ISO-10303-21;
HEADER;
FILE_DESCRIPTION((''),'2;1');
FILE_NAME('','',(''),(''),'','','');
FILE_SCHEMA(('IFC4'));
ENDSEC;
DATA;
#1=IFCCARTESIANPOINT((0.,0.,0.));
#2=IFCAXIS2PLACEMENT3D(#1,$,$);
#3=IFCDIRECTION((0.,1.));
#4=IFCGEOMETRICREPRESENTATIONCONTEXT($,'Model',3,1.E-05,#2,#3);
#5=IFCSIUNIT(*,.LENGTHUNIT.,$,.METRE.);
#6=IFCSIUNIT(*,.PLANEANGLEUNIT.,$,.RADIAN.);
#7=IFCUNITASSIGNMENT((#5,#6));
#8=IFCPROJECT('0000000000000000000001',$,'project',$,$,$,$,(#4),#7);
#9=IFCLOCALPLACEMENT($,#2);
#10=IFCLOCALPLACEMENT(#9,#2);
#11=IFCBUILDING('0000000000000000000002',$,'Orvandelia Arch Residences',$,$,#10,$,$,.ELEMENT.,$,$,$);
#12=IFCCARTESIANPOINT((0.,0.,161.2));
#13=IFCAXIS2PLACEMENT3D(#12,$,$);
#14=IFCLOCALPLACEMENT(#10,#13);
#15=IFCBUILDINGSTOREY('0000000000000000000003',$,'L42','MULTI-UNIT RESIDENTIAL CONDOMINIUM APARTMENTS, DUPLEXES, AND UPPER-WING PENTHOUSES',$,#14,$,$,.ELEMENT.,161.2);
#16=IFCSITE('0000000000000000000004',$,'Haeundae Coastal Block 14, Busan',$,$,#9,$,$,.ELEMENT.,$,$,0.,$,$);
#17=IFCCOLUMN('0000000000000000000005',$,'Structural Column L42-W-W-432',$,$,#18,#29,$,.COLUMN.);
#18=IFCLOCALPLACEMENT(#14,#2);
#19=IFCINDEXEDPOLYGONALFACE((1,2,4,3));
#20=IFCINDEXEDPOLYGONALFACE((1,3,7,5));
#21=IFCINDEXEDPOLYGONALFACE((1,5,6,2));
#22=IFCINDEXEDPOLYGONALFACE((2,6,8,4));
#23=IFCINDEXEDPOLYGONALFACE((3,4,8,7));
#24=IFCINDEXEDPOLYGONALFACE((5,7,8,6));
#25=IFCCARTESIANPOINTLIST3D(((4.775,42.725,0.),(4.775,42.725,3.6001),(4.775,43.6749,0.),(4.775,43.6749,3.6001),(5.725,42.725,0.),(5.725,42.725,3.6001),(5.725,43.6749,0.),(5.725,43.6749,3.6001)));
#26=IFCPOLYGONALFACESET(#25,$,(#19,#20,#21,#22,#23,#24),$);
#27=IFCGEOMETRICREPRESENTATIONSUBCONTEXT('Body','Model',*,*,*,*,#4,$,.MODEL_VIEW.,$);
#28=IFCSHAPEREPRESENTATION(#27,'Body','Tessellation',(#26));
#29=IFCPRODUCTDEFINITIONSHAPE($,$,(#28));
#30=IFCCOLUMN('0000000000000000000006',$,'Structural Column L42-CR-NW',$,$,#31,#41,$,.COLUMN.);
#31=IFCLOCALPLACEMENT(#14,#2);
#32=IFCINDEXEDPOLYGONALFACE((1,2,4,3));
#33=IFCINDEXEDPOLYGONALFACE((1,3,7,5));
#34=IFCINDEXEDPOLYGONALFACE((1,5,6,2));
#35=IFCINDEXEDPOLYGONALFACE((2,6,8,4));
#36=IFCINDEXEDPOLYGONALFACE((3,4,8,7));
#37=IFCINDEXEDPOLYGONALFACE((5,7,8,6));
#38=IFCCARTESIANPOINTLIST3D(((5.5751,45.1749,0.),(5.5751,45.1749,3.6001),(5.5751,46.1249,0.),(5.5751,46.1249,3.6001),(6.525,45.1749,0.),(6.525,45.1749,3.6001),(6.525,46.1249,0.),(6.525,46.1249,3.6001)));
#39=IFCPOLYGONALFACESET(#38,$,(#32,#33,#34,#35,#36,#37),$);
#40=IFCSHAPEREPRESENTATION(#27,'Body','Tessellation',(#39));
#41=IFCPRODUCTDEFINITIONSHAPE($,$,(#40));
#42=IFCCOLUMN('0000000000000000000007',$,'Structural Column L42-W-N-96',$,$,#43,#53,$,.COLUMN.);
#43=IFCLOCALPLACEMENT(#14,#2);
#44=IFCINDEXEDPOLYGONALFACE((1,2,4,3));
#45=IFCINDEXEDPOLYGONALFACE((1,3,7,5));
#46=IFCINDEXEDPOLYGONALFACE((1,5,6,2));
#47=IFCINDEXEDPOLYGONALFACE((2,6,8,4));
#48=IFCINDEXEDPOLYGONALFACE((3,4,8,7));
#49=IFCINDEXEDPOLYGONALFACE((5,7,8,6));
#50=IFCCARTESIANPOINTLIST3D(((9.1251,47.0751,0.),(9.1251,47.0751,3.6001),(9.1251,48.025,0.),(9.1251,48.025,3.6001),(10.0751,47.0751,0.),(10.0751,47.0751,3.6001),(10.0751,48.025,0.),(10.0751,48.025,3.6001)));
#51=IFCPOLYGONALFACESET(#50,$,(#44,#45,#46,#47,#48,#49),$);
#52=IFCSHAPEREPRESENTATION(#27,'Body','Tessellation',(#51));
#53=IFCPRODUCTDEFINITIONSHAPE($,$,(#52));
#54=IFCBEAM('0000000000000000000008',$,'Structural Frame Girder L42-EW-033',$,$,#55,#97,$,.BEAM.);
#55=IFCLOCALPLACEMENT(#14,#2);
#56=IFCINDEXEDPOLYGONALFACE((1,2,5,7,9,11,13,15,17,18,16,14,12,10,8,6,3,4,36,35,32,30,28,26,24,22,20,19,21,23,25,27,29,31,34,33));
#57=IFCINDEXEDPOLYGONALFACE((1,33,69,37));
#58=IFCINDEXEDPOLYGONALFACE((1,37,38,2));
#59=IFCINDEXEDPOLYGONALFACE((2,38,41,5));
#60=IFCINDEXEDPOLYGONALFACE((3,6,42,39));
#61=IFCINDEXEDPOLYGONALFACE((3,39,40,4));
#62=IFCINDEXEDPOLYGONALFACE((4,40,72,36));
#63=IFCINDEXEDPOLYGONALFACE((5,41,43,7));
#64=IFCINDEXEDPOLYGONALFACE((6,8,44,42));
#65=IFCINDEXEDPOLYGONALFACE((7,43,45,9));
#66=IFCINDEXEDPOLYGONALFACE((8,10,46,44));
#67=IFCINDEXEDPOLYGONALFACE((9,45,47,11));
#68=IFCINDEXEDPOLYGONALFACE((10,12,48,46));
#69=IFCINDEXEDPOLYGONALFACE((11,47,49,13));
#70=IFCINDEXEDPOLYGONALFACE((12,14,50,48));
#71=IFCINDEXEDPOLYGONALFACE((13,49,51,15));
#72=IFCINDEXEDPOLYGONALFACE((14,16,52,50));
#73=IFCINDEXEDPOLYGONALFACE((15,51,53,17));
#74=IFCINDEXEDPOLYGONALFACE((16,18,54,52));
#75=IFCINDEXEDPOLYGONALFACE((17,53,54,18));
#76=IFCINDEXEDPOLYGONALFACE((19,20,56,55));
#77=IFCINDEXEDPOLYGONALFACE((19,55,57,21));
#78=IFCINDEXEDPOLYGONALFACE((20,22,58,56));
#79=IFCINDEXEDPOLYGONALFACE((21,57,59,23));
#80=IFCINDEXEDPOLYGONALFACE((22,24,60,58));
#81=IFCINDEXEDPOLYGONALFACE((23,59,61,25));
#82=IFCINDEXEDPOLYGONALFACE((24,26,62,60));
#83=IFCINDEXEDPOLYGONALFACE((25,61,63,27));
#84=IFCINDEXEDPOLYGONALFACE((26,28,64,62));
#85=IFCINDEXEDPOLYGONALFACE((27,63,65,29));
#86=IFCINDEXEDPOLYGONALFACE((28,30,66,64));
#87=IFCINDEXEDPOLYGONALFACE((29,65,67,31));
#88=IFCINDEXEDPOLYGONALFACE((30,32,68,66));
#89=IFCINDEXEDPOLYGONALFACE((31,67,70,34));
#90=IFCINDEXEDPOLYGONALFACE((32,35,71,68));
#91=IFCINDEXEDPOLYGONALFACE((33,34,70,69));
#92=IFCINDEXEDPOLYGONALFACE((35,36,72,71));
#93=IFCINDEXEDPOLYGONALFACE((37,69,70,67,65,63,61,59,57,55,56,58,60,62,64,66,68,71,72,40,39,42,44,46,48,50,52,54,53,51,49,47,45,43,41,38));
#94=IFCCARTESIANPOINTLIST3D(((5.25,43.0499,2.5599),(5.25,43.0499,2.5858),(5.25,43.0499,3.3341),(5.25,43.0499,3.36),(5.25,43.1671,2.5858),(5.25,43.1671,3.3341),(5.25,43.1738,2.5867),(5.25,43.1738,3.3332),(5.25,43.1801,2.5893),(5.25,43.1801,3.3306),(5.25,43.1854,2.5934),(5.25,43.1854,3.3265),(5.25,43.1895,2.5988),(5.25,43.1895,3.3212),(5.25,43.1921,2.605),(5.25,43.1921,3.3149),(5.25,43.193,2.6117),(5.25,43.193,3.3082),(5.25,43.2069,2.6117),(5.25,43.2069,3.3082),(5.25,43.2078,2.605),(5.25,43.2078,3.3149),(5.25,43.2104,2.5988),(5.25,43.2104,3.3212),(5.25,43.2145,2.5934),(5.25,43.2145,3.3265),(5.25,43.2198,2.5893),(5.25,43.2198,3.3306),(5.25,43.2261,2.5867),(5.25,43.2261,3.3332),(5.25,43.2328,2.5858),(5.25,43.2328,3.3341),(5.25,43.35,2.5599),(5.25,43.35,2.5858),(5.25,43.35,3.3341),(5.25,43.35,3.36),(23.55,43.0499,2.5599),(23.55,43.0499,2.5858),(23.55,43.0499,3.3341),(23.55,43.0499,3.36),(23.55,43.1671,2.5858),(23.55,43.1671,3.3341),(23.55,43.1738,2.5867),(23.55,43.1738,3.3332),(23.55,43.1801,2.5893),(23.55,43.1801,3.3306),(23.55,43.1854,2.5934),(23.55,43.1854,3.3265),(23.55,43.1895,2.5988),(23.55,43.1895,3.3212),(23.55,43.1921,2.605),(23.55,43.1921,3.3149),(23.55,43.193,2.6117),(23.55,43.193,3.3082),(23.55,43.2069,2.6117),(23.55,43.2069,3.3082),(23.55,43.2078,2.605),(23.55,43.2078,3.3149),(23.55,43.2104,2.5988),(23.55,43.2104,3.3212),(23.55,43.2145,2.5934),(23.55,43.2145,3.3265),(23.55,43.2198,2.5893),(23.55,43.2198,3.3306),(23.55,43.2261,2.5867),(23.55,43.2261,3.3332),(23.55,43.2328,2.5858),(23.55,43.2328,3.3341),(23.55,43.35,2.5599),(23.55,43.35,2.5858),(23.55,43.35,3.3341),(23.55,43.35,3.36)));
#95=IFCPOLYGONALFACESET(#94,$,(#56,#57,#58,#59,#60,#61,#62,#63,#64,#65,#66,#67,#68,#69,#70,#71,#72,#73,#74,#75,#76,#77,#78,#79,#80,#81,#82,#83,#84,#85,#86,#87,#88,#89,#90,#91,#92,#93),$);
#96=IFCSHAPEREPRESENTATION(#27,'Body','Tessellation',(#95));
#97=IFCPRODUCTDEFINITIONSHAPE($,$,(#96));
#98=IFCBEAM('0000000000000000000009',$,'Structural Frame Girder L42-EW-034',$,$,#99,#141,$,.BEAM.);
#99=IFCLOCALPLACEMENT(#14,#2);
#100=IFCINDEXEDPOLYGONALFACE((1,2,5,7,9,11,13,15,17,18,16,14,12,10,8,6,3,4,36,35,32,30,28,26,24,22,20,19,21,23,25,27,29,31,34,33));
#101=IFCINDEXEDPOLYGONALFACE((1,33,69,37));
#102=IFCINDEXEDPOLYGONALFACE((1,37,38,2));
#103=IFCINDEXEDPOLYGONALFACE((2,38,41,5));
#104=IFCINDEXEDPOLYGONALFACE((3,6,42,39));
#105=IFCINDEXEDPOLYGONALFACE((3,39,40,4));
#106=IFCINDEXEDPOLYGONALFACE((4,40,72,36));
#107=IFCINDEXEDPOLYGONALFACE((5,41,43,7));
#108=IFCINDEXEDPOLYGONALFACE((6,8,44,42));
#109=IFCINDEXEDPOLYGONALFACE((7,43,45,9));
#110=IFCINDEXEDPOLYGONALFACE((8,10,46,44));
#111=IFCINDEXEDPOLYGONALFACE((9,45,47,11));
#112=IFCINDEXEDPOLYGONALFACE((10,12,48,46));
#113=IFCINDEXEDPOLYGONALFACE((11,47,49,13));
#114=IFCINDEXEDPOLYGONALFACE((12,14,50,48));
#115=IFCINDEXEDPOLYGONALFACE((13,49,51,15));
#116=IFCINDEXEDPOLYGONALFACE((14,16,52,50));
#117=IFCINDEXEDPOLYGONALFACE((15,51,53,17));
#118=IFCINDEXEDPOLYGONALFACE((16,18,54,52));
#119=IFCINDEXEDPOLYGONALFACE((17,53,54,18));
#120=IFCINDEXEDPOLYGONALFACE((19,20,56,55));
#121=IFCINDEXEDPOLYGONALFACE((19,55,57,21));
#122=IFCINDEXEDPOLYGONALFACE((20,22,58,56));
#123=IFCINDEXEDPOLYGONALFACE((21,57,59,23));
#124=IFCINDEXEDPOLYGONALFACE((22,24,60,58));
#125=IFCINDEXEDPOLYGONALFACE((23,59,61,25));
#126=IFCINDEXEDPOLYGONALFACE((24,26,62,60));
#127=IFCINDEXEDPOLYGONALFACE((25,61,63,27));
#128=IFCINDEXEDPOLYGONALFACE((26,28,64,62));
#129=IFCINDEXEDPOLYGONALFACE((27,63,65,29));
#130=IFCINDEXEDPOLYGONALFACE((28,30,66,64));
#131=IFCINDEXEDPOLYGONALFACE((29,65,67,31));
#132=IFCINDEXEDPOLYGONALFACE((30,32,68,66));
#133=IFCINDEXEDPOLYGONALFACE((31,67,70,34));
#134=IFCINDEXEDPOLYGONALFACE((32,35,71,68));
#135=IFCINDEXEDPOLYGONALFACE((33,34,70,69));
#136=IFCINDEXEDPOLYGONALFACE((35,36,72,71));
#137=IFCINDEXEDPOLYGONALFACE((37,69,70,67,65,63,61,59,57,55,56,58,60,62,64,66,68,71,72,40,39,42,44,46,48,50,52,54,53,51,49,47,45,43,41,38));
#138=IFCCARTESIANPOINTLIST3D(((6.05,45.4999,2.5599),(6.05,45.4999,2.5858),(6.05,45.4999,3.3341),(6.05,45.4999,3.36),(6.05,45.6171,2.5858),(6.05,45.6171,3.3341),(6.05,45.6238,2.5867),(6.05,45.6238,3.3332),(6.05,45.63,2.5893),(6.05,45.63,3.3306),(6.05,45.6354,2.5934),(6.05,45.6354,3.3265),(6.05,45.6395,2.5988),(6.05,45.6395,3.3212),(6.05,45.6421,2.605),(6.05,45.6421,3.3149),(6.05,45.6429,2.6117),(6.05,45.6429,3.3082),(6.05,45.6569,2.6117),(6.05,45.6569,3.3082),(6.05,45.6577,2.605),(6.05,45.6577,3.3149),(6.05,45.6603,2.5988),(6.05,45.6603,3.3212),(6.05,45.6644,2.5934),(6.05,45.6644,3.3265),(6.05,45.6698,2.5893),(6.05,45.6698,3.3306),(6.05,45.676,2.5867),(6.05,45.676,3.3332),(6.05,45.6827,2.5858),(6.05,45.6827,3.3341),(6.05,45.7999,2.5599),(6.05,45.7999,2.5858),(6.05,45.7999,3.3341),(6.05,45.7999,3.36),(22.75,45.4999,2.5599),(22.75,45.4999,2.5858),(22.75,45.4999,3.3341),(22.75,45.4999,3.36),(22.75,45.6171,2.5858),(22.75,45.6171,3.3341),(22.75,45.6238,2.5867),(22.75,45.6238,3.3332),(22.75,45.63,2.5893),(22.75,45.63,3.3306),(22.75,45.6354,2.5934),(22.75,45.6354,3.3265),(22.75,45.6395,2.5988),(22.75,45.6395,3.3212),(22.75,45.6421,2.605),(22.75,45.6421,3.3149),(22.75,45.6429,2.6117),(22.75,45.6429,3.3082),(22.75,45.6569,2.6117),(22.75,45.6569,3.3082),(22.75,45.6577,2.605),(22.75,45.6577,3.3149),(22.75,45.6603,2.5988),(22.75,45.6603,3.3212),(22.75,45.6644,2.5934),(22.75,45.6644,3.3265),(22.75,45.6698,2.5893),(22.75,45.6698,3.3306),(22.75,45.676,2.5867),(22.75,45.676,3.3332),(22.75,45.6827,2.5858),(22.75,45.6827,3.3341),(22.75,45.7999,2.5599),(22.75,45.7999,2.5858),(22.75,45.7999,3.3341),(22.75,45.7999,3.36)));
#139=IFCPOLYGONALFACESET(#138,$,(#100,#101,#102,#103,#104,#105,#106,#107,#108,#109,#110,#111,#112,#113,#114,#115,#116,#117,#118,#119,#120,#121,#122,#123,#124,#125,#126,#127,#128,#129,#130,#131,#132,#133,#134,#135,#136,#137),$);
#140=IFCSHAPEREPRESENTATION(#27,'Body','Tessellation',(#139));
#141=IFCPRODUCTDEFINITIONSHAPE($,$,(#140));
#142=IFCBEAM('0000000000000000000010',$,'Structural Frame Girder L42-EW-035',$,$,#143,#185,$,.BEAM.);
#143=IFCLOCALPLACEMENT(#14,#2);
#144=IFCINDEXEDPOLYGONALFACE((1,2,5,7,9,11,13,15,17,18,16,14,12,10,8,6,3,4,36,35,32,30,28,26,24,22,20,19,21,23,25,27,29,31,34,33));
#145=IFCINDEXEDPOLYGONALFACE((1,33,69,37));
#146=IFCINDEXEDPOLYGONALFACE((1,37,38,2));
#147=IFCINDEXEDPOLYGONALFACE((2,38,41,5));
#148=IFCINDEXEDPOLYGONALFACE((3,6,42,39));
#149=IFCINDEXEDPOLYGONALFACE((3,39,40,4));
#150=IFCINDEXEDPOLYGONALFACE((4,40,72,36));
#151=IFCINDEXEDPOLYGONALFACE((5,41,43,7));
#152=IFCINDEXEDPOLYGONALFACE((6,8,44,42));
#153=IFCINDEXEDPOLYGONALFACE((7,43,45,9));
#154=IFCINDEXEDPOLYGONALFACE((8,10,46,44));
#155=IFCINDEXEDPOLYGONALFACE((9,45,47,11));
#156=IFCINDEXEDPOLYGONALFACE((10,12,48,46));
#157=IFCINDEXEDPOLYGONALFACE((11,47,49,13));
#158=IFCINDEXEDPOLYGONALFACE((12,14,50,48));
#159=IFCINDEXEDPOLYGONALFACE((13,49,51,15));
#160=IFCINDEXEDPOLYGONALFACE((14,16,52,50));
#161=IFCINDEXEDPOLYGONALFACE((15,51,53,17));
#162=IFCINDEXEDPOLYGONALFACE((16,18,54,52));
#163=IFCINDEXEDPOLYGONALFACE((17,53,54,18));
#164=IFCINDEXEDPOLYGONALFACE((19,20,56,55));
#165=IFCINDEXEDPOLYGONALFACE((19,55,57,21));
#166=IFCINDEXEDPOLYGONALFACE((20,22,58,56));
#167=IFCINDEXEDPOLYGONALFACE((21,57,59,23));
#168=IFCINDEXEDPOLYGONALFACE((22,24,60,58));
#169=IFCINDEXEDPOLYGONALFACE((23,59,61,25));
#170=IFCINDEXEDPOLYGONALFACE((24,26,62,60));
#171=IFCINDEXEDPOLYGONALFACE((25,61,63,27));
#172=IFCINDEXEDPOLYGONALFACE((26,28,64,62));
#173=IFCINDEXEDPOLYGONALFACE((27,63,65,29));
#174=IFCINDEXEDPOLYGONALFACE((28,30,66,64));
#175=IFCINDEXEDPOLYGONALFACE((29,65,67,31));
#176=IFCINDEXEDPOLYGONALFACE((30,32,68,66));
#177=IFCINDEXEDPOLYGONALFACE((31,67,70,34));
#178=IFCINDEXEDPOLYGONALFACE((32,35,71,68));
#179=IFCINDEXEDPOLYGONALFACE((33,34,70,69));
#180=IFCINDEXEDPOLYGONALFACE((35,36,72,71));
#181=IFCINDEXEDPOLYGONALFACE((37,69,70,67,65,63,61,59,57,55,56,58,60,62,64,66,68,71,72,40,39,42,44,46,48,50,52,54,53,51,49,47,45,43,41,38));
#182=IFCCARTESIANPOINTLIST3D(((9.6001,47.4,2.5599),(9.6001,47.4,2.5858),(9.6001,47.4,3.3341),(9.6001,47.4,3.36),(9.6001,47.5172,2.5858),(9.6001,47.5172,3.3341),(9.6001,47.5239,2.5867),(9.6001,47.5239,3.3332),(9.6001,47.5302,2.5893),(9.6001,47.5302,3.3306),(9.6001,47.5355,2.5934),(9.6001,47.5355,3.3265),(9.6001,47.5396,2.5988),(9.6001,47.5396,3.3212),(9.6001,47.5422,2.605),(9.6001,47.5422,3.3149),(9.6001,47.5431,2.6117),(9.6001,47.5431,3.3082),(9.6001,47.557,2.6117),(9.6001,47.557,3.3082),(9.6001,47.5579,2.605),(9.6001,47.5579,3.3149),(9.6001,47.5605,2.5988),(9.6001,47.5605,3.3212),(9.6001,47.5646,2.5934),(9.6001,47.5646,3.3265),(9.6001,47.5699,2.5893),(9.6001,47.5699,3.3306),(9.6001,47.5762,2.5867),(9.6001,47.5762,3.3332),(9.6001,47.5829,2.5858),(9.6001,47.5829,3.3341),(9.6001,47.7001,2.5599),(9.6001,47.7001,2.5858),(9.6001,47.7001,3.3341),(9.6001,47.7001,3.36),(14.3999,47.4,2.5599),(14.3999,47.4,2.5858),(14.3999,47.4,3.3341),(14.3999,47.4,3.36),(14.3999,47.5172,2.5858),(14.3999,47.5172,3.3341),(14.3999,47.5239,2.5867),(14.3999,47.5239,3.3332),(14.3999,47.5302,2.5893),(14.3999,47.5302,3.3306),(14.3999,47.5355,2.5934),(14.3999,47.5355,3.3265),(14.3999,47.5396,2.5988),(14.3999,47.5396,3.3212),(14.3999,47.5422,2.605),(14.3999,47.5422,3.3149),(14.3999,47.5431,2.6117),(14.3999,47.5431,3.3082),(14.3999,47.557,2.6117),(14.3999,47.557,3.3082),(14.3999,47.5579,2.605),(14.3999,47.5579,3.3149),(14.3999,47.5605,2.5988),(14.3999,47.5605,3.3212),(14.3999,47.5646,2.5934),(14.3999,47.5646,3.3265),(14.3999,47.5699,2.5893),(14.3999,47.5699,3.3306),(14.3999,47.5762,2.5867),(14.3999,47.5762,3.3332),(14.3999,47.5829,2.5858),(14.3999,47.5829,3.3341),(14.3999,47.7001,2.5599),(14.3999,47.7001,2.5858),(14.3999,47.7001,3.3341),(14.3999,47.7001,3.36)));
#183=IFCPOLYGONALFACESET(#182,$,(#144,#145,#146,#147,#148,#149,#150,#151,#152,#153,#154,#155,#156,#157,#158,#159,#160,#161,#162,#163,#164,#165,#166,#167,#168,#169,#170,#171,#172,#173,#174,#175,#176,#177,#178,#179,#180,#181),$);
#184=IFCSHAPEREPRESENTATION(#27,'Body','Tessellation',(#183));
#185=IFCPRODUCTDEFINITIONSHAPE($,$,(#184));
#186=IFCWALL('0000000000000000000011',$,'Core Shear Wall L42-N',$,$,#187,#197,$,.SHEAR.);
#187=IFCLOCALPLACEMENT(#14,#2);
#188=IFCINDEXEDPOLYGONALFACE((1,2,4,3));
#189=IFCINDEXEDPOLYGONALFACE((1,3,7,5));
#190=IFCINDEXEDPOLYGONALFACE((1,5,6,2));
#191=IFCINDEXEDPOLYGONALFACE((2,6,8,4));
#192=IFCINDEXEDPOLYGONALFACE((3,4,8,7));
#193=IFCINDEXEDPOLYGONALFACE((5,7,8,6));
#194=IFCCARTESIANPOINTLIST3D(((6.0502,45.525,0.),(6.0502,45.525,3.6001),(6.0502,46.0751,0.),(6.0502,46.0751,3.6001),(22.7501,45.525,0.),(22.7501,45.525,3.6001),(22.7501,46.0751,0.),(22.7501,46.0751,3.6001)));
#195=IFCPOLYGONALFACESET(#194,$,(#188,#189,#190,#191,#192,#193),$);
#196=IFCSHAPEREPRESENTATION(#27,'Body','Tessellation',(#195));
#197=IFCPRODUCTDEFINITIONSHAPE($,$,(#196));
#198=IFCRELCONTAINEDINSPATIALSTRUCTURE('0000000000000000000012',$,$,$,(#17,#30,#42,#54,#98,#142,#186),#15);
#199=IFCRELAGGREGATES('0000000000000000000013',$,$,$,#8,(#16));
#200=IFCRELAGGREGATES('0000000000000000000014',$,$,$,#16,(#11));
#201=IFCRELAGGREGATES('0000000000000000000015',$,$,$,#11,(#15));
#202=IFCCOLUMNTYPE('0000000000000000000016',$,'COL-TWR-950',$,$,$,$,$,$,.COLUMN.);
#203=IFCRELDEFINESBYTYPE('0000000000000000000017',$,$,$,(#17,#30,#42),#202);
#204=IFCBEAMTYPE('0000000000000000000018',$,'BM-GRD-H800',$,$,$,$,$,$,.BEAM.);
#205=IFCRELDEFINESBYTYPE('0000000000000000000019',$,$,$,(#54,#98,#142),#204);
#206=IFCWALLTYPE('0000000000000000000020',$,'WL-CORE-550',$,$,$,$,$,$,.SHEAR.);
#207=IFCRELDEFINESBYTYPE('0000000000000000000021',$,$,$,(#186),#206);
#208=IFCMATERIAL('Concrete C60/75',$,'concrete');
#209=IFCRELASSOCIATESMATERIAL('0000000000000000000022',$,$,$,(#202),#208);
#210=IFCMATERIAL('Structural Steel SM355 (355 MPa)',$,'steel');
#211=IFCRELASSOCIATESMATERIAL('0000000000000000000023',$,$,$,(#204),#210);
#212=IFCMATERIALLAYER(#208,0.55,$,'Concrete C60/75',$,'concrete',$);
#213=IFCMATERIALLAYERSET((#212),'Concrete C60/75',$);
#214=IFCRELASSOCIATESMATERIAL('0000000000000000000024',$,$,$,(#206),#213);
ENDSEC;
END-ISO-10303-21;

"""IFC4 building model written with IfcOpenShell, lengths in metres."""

from ifc_helpers import new_model, si_unit, direction, frame, frame_2d, origin, origin_2d, place, context, subcontext, project, spatial, rectangle, i_section, extrude, material, layer, layer_set, material_profile, profile_set, type_object, element, save


model = new_model("IFC4")

# Units and contexts
model_context = context("Model", 3, precision=1e-05, world=origin(), true_north=direction((0.0, 1.0)))
body_context = subcontext(model_context, "Body", "Model", "MODEL_VIEW")
ifc_project = project(units=[si_unit("LENGTHUNIT", "METRE"), si_unit("PLANEANGLEUNIT", "RADIAN")], contexts=[model_context])

# Site, building, storey
site_placement = place(None, origin())
site = spatial("IfcSite", under=ifc_project, at=site_placement, Name="Haeundae Coastal Block 14, Busan", CompositionType="ELEMENT", RefElevation=0.0)
building_placement = place(site_placement, origin())
building = spatial("IfcBuilding", under=site, at=building_placement, Name="Orvandelia Arch Residences", CompositionType="ELEMENT")
storey_placement = place(building_placement, frame((0.0, 0.0, 161.2)))
storey = spatial("IfcBuildingStorey", under=building, at=storey_placement, Name="L42", Description="MULTI-UNIT RESIDENTIAL CONDOMINIUM APARTMENTS, DUPLEXES, AND UPPER-WING PENTHOUSES", CompositionType="ELEMENT", Elevation=161.2)

# Columns
ifc_material_1 = material(Name="Concrete C60/75", Category="concrete")
ifc_material_profile_1 = material_profile(ifc_material_1, rectangle(XDim=0.95, YDim=0.95, at=origin_2d()), Name="Concrete C60/75", Category="concrete")
ifc_profile_set_1 = profile_set([ifc_material_profile_1], Name="Concrete C60/75")
column_type = type_object("IfcColumnType", Name="COL-TWR-950", PredefinedType="COLUMN", material=ifc_profile_set_1)
for number, where, z_axis, x_axis, name in (
    (1, (5.25, 43.2, 0.0), (0.0, 0.0, 1.0), (1.0, 0.0, 0.0), "Structural Column L42-W-W-432"),
    (2, (6.05, 45.6499, 0.0), (0.0, 0.0, 1.0), (1.0, 0.0, 0.0), "Structural Column L42-CR-NW"),
    (3, (9.6001, 47.55, 0.0), (0.0, 0.0, 1.0), (1.0, 0.0, 0.0), "Structural Column L42-W-N-96"),
):
    element("IfcColumn", number, at=place(storey_placement, frame(where, z_axis=z_axis, x_axis=x_axis)), inside=storey, type_object=column_type, Name=name, PredefinedType="COLUMN", context=body_context, shape_type="SweptSolid", body=[
        extrude(rectangle(XDim=0.95, YDim=0.95, at=origin_2d()), origin(), (0.0, 0.0, 1.0), 3.6001),
    ])

# Beams
ifc_material_2 = material(Name="Structural Steel SM355 (355 MPa)", Category="steel")
ifc_material_profile_2 = material_profile(ifc_material_2, i_section(OverallWidth=0.3, OverallDepth=0.8, WebThickness=0.0139, FlangeThickness=0.0259, FilletRadius=0.0259, at=origin_2d()), Name="Structural Steel SM355 (355 MPa)", Category="steel")
ifc_profile_set_2 = profile_set([ifc_material_profile_2], Name="Structural Steel SM355 (355 MPa)")
beam_type = type_object("IfcBeamType", Name="BM-GRD-H800", PredefinedType="BEAM", material=ifc_profile_set_2)
beam_1_placement = place(storey_placement, frame((5.25, 43.2, 2.96), z_axis=(1.0, 0.0, 0.0), x_axis=(0.0, 1.0, 0.0)))
element("IfcBeam", 4, at=beam_1_placement, inside=storey, type_object=beam_type, Name="Structural Frame Girder L42-EW-033", PredefinedType="BEAM", context=body_context, shape_type="SweptSolid", body=[
    extrude(i_section(OverallWidth=0.3, OverallDepth=0.8, WebThickness=0.0139, FlangeThickness=0.0259, FilletRadius=0.0259, at=origin_2d()), origin(), (0.0, 0.0, 1.0), 18.3),
])
beam_2_placement = place(storey_placement, frame((6.05, 45.6499, 2.96), z_axis=(1.0, 0.0, 0.0), x_axis=(0.0, 1.0, 0.0)))
element("IfcBeam", 5, at=beam_2_placement, inside=storey, type_object=beam_type, Name="Structural Frame Girder L42-EW-034", PredefinedType="BEAM", context=body_context, shape_type="SweptSolid", body=[
    extrude(i_section(OverallWidth=0.3, OverallDepth=0.8, WebThickness=0.0139, FlangeThickness=0.0259, FilletRadius=0.0259, at=origin_2d()), origin(), (0.0, 0.0, 1.0), 16.7),
])
beam_3_placement = place(storey_placement, frame((9.6001, 47.55, 2.96), z_axis=(1.0, 0.0, 0.0), x_axis=(0.0, 1.0, 0.0)))
element("IfcBeam", 6, at=beam_3_placement, inside=storey, type_object=beam_type, Name="Structural Frame Girder L42-EW-035", PredefinedType="BEAM", context=body_context, shape_type="SweptSolid", body=[
    extrude(i_section(OverallWidth=0.3, OverallDepth=0.8, WebThickness=0.0139, FlangeThickness=0.0259, FilletRadius=0.0259, at=origin_2d()), origin(), (0.0, 0.0, 1.0), 4.7998),
])

# Wall
ifc_layer_1 = layer(ifc_material_1, 0.55, Name="Concrete C60/75", Category="concrete")
ifc_layer_set_1 = layer_set([ifc_layer_1], Name="Concrete C60/75")
wall_type_1 = type_object("IfcWallType", Name="WL-CORE-550", PredefinedType="SHEAR", material=ifc_layer_set_1)
wall_1_placement = place(storey_placement, frame((6.05, 45.8, 0.0), z_axis=(0.0, 0.0, 1.0), x_axis=(1.0, 0.0, 0.0)))
element("IfcWall", 7, at=wall_1_placement, inside=storey, type_object=wall_type_1, Name="Core Shear Wall L42-N", PredefinedType="SHEAR", context=body_context, shape_type="SweptSolid", body=[
    extrude(rectangle(XDim=16.7, YDim=0.55, at=frame_2d((8.3501, 0.0))), origin(), (0.0, 0.0, 1.0), 3.6001),
])

save(model, "model.ifc")
